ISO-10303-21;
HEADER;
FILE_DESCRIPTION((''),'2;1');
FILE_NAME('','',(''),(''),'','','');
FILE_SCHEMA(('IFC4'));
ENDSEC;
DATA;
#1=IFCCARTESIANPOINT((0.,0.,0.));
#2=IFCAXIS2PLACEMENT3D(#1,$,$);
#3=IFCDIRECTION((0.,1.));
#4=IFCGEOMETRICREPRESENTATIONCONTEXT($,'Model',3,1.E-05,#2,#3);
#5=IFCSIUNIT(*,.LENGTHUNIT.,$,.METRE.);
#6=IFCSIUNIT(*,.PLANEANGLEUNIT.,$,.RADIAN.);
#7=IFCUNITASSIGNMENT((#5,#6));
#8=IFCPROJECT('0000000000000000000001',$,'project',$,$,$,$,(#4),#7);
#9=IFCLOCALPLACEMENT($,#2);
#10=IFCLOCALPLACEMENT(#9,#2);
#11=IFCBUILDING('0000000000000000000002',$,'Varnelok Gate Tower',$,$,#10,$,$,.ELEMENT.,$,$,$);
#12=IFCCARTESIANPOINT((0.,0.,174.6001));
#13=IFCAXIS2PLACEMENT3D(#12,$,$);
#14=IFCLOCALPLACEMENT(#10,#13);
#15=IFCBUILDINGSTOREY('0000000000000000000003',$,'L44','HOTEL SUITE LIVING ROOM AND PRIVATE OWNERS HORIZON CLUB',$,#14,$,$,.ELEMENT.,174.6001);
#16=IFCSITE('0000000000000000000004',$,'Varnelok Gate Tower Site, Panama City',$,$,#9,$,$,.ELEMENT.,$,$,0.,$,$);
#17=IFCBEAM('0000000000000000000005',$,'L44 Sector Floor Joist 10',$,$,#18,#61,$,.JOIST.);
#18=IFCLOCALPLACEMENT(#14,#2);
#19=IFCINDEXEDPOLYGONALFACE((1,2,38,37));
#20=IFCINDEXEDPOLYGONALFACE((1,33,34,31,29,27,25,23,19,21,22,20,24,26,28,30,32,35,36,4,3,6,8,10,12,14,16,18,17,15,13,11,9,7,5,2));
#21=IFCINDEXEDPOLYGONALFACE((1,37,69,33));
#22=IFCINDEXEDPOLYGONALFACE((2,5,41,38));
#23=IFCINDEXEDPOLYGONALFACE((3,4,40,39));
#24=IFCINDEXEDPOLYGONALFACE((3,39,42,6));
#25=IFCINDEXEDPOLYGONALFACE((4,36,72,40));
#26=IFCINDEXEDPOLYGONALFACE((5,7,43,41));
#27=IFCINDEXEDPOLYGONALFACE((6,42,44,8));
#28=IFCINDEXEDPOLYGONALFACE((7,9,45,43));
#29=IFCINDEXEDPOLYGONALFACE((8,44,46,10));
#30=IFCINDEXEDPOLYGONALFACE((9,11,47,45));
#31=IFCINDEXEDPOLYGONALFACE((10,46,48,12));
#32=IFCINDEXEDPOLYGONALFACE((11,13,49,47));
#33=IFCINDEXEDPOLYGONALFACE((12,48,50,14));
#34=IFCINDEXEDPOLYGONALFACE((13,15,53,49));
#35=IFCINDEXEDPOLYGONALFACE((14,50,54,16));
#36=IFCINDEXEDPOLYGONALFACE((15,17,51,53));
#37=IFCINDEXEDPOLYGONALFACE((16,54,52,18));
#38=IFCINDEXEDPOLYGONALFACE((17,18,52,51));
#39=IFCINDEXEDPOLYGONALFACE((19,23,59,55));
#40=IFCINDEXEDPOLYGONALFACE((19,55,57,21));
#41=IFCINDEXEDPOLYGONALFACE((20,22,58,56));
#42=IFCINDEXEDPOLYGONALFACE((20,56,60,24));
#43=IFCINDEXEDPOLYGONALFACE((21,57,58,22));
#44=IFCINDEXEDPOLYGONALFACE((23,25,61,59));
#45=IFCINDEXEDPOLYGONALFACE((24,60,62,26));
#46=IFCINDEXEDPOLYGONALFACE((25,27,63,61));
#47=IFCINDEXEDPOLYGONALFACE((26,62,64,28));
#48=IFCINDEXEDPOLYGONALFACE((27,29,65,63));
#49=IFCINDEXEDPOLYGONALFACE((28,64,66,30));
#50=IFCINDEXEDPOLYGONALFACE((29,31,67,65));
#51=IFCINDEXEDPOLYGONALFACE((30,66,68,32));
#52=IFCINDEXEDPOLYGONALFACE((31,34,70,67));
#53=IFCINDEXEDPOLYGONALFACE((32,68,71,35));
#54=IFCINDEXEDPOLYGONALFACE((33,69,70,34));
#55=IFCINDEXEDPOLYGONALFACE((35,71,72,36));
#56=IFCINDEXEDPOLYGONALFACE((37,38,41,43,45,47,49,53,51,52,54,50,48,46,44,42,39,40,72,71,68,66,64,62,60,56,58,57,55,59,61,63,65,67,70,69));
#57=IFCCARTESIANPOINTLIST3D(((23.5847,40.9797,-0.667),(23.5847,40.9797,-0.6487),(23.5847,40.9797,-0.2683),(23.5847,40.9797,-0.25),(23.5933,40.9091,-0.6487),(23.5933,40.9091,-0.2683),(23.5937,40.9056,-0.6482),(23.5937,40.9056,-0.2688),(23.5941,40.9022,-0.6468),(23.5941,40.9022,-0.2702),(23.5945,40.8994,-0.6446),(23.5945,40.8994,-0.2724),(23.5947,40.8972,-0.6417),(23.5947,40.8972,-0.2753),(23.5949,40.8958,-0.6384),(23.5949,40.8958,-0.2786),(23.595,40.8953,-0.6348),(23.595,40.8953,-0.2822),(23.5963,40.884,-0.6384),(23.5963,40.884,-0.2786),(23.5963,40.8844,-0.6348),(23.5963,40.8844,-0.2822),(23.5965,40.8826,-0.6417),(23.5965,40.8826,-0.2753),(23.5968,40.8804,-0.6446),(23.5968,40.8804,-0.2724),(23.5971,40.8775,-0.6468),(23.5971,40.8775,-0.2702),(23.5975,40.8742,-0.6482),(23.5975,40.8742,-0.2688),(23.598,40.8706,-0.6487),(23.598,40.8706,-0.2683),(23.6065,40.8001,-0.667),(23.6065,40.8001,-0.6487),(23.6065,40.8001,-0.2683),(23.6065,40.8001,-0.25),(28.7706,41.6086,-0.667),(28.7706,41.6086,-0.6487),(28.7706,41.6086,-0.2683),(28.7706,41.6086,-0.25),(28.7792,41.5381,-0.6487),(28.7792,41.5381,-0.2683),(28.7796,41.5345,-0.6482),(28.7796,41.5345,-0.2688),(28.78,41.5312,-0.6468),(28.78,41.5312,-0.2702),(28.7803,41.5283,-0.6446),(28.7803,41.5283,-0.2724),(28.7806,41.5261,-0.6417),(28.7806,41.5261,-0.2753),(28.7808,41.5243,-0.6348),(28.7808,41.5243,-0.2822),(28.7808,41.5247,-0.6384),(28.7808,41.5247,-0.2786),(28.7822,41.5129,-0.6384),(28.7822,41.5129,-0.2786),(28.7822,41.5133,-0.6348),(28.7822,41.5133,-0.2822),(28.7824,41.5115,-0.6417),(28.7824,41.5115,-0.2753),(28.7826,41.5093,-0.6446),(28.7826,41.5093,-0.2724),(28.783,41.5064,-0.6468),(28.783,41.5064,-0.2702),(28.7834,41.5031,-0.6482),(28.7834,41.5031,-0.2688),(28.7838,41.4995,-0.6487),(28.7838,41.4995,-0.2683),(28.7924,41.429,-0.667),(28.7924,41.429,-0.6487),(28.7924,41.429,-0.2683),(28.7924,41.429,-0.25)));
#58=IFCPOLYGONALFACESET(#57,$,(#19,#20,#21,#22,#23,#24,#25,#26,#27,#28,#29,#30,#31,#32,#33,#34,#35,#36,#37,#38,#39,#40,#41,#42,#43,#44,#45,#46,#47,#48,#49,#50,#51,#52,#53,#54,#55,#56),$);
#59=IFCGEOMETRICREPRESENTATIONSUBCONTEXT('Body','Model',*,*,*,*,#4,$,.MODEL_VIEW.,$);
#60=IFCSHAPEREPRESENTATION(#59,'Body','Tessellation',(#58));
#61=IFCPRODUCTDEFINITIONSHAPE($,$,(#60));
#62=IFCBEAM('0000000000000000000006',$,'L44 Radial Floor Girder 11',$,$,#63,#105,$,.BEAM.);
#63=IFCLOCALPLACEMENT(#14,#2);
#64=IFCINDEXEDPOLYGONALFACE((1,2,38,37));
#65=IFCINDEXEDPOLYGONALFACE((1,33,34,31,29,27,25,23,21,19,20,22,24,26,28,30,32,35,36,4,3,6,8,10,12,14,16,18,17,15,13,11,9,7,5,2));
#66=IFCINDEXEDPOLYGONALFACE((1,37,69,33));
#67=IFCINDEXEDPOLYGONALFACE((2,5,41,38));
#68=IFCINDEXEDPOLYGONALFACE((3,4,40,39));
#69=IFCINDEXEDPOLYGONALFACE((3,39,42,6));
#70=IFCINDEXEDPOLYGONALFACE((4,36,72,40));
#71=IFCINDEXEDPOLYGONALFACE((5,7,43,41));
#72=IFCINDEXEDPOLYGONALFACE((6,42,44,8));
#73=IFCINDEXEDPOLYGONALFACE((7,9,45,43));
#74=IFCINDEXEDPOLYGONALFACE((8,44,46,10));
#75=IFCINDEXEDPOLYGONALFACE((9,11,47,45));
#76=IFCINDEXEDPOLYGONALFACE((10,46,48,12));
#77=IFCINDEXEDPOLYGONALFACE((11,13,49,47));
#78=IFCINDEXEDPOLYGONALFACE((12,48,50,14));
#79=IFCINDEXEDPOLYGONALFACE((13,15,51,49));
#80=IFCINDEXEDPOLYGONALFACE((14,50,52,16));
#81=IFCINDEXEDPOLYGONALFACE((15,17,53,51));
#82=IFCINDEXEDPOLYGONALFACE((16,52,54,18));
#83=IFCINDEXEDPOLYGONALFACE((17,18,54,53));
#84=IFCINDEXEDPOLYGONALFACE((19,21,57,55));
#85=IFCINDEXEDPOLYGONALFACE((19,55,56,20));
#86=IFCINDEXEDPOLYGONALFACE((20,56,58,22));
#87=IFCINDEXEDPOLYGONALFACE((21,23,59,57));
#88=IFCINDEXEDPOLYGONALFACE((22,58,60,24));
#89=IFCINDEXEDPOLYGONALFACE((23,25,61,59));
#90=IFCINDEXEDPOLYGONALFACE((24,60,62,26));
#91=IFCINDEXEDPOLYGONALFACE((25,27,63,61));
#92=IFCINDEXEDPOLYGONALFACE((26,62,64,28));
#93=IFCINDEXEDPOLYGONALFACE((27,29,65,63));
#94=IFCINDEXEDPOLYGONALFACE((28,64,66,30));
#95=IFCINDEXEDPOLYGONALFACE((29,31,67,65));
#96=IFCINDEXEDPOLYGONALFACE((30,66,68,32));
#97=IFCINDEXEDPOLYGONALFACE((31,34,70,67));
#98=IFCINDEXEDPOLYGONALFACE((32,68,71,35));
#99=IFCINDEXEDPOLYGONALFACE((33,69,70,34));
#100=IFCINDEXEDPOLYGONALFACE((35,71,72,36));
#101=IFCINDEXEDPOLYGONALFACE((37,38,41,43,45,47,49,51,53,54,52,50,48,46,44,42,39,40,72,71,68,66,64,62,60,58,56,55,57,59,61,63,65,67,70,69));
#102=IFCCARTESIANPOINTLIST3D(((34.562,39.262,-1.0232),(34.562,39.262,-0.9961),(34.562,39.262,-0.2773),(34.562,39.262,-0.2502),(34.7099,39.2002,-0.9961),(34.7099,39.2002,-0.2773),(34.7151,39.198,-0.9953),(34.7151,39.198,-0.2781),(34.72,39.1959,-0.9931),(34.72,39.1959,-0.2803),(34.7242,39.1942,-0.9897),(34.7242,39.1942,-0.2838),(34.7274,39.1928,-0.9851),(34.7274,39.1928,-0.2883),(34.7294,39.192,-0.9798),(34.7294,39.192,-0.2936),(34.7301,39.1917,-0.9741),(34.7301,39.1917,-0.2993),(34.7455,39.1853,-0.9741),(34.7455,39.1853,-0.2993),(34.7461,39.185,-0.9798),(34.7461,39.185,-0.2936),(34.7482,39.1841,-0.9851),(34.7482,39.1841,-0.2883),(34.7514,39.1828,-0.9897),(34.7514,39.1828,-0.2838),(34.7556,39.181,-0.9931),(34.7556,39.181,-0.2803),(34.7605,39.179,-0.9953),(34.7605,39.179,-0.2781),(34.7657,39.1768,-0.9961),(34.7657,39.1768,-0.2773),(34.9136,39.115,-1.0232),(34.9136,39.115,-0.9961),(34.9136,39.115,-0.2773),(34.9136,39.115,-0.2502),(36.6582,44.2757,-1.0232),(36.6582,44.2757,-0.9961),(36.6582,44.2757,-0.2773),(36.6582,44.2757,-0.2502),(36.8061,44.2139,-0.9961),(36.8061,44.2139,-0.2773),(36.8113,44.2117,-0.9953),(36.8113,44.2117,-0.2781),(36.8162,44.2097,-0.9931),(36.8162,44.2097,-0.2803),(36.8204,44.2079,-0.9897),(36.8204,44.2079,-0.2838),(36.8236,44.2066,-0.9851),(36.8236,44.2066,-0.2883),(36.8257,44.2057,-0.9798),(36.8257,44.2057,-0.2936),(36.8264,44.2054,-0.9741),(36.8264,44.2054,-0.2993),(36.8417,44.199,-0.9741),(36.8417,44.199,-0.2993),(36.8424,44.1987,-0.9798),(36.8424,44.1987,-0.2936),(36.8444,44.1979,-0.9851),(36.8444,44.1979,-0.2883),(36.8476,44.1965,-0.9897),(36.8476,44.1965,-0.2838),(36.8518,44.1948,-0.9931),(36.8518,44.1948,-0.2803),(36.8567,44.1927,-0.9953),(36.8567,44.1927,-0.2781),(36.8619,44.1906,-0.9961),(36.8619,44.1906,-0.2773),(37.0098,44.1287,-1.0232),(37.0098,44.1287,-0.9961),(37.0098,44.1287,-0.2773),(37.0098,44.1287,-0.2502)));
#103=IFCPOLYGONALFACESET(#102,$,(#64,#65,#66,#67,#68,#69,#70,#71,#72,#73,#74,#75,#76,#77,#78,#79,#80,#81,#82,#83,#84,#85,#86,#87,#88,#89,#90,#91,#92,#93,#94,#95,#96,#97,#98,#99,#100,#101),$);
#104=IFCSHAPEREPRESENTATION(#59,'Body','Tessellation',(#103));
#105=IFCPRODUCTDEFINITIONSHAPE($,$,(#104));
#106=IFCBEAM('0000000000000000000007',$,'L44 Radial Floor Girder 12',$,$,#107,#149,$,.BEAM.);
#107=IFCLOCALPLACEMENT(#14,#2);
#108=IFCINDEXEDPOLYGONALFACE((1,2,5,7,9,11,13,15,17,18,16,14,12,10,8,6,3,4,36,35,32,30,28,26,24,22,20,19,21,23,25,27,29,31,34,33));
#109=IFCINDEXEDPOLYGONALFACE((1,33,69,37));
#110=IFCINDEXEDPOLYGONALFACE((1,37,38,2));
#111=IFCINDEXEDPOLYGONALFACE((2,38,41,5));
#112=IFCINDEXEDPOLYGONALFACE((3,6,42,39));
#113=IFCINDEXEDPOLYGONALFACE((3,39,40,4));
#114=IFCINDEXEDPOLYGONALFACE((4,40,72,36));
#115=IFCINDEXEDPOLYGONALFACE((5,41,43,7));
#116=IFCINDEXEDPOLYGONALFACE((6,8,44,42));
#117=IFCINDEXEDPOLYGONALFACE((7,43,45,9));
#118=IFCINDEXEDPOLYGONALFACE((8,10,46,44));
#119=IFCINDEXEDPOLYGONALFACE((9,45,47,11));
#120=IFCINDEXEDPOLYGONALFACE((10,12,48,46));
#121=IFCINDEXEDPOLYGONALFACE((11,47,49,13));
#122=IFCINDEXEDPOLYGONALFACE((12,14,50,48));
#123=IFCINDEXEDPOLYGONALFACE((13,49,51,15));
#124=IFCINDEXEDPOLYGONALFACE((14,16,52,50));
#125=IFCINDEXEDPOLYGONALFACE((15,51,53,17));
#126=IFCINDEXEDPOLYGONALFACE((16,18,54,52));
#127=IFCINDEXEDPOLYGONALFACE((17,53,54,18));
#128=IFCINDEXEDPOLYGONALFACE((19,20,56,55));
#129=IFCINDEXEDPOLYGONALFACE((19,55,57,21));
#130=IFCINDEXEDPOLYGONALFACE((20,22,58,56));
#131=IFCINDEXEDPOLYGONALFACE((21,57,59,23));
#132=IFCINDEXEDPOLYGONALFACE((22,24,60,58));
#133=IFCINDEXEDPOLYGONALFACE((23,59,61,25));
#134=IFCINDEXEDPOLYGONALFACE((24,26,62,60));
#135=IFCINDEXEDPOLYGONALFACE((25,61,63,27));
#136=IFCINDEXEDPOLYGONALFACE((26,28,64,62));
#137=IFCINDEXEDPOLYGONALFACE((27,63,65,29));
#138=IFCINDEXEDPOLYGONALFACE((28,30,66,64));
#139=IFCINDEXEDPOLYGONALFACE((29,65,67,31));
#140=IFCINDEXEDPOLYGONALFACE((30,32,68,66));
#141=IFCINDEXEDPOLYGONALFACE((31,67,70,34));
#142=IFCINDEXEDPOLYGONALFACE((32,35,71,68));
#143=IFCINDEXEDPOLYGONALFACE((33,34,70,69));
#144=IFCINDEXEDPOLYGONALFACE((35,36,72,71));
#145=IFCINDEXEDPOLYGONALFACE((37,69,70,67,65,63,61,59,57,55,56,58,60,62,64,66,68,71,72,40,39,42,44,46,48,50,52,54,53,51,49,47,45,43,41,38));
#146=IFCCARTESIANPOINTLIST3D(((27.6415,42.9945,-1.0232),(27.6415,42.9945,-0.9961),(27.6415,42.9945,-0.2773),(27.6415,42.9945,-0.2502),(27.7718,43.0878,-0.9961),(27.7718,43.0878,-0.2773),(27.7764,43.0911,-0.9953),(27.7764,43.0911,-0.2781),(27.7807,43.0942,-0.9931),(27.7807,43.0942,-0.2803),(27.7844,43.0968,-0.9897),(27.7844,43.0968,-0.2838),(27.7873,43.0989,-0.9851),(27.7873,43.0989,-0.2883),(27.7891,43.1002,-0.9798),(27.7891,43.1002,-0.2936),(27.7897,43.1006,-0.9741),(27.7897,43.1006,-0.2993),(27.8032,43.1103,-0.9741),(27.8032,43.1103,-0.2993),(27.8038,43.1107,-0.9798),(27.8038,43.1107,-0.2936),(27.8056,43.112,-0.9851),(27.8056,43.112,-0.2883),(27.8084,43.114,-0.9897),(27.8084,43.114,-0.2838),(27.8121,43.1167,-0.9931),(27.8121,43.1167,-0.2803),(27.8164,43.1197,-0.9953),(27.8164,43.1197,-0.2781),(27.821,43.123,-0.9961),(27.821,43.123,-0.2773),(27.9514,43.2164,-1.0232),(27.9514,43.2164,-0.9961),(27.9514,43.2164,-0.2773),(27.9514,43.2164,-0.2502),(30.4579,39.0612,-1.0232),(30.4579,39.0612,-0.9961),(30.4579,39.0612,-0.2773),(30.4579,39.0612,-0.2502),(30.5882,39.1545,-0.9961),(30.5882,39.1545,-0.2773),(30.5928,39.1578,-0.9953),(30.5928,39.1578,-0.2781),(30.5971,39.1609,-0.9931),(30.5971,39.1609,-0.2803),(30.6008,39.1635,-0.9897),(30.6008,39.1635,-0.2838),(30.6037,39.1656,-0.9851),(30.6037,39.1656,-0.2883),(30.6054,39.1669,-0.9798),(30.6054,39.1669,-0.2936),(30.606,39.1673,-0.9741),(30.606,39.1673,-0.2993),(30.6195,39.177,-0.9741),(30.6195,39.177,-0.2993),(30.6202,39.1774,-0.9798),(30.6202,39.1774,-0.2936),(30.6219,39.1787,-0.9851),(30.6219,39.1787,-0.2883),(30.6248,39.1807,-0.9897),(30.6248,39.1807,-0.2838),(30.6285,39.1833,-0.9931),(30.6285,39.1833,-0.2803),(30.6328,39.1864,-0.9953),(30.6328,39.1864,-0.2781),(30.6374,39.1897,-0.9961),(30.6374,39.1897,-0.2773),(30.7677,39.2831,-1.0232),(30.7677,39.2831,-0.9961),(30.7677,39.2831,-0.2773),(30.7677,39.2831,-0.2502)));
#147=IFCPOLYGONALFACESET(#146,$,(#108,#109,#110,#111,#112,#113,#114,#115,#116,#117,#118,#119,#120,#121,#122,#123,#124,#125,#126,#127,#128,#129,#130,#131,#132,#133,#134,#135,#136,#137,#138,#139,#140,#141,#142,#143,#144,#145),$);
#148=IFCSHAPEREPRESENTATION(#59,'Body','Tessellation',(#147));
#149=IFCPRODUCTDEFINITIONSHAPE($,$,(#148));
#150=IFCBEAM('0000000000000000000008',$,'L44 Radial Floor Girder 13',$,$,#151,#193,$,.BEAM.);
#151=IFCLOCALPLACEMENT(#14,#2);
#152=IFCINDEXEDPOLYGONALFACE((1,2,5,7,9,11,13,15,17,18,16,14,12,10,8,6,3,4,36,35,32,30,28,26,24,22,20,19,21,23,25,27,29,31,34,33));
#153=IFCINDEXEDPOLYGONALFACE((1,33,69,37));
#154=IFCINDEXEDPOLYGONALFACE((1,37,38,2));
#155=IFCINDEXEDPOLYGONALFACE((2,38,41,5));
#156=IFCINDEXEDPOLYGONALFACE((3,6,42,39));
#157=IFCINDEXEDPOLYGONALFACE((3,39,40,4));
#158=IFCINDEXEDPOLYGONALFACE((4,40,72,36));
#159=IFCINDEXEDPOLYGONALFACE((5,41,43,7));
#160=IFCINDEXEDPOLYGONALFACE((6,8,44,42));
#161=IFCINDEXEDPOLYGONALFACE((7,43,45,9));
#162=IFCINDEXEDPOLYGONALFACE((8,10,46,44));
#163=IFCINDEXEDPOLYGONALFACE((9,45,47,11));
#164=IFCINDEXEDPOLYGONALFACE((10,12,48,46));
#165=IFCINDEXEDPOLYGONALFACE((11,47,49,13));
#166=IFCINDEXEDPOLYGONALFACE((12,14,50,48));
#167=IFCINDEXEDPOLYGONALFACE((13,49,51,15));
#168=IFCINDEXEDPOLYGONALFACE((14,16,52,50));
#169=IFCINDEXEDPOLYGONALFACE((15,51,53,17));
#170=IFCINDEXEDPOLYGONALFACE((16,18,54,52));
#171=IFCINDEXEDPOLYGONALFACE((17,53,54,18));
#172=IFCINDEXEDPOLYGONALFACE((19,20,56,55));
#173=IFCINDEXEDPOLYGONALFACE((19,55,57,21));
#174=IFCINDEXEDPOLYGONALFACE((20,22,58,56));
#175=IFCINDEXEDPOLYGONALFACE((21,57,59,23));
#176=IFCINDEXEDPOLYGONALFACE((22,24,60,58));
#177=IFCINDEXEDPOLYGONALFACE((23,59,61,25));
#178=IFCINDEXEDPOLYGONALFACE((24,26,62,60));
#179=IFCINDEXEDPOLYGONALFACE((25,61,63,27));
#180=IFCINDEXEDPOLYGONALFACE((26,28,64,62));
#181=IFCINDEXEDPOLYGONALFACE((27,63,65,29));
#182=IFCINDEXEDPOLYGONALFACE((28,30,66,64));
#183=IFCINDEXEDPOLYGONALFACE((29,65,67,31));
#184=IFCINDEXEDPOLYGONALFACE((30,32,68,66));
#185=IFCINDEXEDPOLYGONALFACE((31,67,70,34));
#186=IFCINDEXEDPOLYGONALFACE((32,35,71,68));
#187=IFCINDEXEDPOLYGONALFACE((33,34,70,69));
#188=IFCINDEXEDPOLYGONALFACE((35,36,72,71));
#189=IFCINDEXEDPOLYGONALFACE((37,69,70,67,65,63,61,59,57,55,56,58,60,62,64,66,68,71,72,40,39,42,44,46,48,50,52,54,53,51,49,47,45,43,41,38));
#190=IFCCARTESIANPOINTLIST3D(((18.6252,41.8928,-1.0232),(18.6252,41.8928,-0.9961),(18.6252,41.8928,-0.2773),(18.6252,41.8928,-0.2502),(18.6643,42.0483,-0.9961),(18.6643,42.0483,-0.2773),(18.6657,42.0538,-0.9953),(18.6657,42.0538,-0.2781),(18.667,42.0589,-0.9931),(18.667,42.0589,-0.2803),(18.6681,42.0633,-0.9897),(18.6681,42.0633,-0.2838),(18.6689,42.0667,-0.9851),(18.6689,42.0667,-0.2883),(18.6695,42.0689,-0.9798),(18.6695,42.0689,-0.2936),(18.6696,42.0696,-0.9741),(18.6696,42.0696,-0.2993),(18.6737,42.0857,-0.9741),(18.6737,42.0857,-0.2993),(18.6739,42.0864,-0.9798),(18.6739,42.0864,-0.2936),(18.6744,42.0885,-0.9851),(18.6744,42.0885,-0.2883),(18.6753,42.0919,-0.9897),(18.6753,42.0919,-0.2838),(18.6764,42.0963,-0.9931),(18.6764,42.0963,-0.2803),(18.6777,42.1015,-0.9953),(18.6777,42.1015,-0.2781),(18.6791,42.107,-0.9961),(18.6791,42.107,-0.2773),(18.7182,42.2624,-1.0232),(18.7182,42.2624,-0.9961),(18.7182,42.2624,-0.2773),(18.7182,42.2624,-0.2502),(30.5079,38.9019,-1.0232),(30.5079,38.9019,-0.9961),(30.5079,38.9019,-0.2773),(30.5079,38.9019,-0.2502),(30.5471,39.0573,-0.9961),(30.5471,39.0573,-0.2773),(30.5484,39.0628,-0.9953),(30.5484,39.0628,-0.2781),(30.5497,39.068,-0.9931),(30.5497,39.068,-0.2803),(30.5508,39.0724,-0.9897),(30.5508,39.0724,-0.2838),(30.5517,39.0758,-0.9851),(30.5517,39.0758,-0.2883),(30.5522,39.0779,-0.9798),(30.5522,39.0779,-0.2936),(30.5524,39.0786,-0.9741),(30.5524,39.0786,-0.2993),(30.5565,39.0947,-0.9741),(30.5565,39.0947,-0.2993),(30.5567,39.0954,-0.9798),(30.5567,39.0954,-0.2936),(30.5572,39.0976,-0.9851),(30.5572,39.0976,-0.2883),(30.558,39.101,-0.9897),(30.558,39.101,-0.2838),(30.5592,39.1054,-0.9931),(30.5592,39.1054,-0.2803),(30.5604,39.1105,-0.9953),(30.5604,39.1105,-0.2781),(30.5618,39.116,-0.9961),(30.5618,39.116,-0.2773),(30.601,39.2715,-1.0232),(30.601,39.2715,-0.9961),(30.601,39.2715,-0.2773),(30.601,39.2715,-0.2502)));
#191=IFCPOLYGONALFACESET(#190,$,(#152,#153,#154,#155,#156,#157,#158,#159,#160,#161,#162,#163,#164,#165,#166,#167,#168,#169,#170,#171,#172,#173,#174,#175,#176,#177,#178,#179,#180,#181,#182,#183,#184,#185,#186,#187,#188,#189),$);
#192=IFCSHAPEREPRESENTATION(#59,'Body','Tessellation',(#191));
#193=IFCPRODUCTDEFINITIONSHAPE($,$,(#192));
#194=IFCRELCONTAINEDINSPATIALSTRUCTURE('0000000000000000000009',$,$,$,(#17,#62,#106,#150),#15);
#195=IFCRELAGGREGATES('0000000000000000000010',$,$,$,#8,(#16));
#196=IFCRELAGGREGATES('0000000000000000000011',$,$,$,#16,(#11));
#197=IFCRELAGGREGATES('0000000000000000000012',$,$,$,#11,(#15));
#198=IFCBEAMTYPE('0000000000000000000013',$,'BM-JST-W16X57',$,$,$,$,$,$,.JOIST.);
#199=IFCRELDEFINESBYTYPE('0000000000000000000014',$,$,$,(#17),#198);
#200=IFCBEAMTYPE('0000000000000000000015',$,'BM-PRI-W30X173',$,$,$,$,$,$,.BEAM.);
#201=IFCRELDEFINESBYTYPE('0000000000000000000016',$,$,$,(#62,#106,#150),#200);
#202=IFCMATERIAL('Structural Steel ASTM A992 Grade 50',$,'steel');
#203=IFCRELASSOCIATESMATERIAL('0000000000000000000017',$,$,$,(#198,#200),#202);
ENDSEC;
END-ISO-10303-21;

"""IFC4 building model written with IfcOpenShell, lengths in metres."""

from ifc_helpers import new_model, si_unit, direction, frame, origin, origin_2d, place, context, subcontext, project, spatial, i_section, extrude, material, material_profile, profile_set, type_object, element, save


model = new_model("IFC4")

# Units and contexts
model_context = context("Model", 3, precision=1e-05, world=origin(), true_north=direction((0.0, 1.0)))
body_context = subcontext(model_context, "Body", "Model", "MODEL_VIEW")
ifc_project = project(units=[si_unit("LENGTHUNIT", "METRE"), si_unit("PLANEANGLEUNIT", "RADIAN")], contexts=[model_context])

# Site, building, storey
site_placement = place(None, origin())
site = spatial("IfcSite", under=ifc_project, at=site_placement, Name="Varnelok Gate Tower Site, Panama City", CompositionType="ELEMENT", RefElevation=0.0)
building_placement = place(site_placement, origin())
building = spatial("IfcBuilding", under=site, at=building_placement, Name="Varnelok Gate Tower", CompositionType="ELEMENT")
storey_placement = place(building_placement, frame((0.0, 0.0, 174.6001)))
storey = spatial("IfcBuildingStorey", under=building, at=storey_placement, Name="L44", Description="HOTEL SUITE LIVING ROOM AND PRIVATE OWNERS HORIZON CLUB", CompositionType="ELEMENT", Elevation=174.6001)

# Shared definitions
ifc_material_1 = material(Name="Structural Steel ASTM A992 Grade 50", Category="steel")

# Beams
ifc_material_profile_1 = material_profile(ifc_material_1, i_section(OverallWidth=0.1809, OverallDepth=0.417, WebThickness=0.011, FlangeThickness=0.0183, FilletRadius=0.0139, at=origin_2d()), Name="W16X57")
ifc_profile_set_1 = profile_set([ifc_material_profile_1], Name="Structural Steel ASTM A992 Grade 50")
beam_type_1 = type_object("IfcBeamType", Name="BM-JST-W16X57", PredefinedType="JOIST", material=ifc_profile_set_1)
beam_1_placement = place(storey_placement, frame((28.7815, 41.5188, -0.4585), z_axis=(-0.992726, -0.120393, 0.0), x_axis=(0.120393, -0.992726, 0.0)))
element("IfcBeam", 1, at=beam_1_placement, inside=storey, type_object=beam_type_1, Name="L44 Sector Floor Joist 10", PredefinedType="JOIST", context=body_context, shape_type="SweptSolid", body=[
    extrude(i_section(OverallWidth=0.1809, OverallDepth=0.417, WebThickness=0.011, FlangeThickness=0.0183, FilletRadius=0.0139, at=origin_2d()), origin(), (0.0, 0.0, 1.0), 5.2239),
])
ifc_material_profile_2 = material_profile(ifc_material_1, i_section(OverallWidth=0.3811, OverallDepth=0.7729, WebThickness=0.0166, FlangeThickness=0.0271, FilletRadius=0.022, at=origin_2d()), Name="W30X173")
ifc_profile_set_2 = profile_set([ifc_material_profile_2], Name="Structural Steel ASTM A992 Grade 50")
beam_type_2 = type_object("IfcBeamType", Name="BM-PRI-W30X173", PredefinedType="BEAM", material=ifc_profile_set_2)
beam_2_placement = place(storey_placement, frame((34.7378, 39.1885, -0.6367), z_axis=(0.385738, 0.922608, 0.0), x_axis=(-0.922608, 0.385738, 0.0)))
element("IfcBeam", 2, at=beam_2_placement, inside=storey, type_object=beam_type_2, Name="L44 Radial Floor Girder 11", PredefinedType="BEAM", context=body_context, shape_type="SweptSolid", body=[
    extrude(i_section(OverallWidth=0.3811, OverallDepth=0.7729, WebThickness=0.0166, FlangeThickness=0.0271, FilletRadius=0.022, at=origin_2d()), origin(), (0.0, 0.0, 1.0), 5.4343),
])
beam_3_placement = place(storey_placement, frame((30.6128, 39.1721, -0.6367), z_axis=(-0.582178, 0.813061, 0.0), x_axis=(-0.813061, -0.582178, 0.0)))
element("IfcBeam", 3, at=beam_3_placement, inside=storey, type_object=beam_type_2, Name="L44 Radial Floor Girder 12", PredefinedType="BEAM", context=body_context, shape_type="SweptSolid", body=[
    extrude(i_section(OverallWidth=0.3811, OverallDepth=0.7729, WebThickness=0.0166, FlangeThickness=0.0271, FilletRadius=0.022, at=origin_2d()), origin(), (0.0, 0.0, 1.0), 4.8376),
])
beam_4_placement = place(storey_placement, frame((30.5544, 39.0867, -0.6367), z_axis=(-0.969752, 0.244092, 0.0), x_axis=(-0.244092, -0.969752, 0.0)))
element("IfcBeam", 4, at=beam_4_placement, inside=storey, type_object=beam_type_2, Name="L44 Radial Floor Girder 13", PredefinedType="BEAM", context=body_context, shape_type="SweptSolid", body=[
    extrude(i_section(OverallWidth=0.3811, OverallDepth=0.7729, WebThickness=0.0166, FlangeThickness=0.0271, FilletRadius=0.022, at=origin_2d()), origin(), (0.0, 0.0, 1.0), 12.2534),
])

save(model, "model.ifc")
